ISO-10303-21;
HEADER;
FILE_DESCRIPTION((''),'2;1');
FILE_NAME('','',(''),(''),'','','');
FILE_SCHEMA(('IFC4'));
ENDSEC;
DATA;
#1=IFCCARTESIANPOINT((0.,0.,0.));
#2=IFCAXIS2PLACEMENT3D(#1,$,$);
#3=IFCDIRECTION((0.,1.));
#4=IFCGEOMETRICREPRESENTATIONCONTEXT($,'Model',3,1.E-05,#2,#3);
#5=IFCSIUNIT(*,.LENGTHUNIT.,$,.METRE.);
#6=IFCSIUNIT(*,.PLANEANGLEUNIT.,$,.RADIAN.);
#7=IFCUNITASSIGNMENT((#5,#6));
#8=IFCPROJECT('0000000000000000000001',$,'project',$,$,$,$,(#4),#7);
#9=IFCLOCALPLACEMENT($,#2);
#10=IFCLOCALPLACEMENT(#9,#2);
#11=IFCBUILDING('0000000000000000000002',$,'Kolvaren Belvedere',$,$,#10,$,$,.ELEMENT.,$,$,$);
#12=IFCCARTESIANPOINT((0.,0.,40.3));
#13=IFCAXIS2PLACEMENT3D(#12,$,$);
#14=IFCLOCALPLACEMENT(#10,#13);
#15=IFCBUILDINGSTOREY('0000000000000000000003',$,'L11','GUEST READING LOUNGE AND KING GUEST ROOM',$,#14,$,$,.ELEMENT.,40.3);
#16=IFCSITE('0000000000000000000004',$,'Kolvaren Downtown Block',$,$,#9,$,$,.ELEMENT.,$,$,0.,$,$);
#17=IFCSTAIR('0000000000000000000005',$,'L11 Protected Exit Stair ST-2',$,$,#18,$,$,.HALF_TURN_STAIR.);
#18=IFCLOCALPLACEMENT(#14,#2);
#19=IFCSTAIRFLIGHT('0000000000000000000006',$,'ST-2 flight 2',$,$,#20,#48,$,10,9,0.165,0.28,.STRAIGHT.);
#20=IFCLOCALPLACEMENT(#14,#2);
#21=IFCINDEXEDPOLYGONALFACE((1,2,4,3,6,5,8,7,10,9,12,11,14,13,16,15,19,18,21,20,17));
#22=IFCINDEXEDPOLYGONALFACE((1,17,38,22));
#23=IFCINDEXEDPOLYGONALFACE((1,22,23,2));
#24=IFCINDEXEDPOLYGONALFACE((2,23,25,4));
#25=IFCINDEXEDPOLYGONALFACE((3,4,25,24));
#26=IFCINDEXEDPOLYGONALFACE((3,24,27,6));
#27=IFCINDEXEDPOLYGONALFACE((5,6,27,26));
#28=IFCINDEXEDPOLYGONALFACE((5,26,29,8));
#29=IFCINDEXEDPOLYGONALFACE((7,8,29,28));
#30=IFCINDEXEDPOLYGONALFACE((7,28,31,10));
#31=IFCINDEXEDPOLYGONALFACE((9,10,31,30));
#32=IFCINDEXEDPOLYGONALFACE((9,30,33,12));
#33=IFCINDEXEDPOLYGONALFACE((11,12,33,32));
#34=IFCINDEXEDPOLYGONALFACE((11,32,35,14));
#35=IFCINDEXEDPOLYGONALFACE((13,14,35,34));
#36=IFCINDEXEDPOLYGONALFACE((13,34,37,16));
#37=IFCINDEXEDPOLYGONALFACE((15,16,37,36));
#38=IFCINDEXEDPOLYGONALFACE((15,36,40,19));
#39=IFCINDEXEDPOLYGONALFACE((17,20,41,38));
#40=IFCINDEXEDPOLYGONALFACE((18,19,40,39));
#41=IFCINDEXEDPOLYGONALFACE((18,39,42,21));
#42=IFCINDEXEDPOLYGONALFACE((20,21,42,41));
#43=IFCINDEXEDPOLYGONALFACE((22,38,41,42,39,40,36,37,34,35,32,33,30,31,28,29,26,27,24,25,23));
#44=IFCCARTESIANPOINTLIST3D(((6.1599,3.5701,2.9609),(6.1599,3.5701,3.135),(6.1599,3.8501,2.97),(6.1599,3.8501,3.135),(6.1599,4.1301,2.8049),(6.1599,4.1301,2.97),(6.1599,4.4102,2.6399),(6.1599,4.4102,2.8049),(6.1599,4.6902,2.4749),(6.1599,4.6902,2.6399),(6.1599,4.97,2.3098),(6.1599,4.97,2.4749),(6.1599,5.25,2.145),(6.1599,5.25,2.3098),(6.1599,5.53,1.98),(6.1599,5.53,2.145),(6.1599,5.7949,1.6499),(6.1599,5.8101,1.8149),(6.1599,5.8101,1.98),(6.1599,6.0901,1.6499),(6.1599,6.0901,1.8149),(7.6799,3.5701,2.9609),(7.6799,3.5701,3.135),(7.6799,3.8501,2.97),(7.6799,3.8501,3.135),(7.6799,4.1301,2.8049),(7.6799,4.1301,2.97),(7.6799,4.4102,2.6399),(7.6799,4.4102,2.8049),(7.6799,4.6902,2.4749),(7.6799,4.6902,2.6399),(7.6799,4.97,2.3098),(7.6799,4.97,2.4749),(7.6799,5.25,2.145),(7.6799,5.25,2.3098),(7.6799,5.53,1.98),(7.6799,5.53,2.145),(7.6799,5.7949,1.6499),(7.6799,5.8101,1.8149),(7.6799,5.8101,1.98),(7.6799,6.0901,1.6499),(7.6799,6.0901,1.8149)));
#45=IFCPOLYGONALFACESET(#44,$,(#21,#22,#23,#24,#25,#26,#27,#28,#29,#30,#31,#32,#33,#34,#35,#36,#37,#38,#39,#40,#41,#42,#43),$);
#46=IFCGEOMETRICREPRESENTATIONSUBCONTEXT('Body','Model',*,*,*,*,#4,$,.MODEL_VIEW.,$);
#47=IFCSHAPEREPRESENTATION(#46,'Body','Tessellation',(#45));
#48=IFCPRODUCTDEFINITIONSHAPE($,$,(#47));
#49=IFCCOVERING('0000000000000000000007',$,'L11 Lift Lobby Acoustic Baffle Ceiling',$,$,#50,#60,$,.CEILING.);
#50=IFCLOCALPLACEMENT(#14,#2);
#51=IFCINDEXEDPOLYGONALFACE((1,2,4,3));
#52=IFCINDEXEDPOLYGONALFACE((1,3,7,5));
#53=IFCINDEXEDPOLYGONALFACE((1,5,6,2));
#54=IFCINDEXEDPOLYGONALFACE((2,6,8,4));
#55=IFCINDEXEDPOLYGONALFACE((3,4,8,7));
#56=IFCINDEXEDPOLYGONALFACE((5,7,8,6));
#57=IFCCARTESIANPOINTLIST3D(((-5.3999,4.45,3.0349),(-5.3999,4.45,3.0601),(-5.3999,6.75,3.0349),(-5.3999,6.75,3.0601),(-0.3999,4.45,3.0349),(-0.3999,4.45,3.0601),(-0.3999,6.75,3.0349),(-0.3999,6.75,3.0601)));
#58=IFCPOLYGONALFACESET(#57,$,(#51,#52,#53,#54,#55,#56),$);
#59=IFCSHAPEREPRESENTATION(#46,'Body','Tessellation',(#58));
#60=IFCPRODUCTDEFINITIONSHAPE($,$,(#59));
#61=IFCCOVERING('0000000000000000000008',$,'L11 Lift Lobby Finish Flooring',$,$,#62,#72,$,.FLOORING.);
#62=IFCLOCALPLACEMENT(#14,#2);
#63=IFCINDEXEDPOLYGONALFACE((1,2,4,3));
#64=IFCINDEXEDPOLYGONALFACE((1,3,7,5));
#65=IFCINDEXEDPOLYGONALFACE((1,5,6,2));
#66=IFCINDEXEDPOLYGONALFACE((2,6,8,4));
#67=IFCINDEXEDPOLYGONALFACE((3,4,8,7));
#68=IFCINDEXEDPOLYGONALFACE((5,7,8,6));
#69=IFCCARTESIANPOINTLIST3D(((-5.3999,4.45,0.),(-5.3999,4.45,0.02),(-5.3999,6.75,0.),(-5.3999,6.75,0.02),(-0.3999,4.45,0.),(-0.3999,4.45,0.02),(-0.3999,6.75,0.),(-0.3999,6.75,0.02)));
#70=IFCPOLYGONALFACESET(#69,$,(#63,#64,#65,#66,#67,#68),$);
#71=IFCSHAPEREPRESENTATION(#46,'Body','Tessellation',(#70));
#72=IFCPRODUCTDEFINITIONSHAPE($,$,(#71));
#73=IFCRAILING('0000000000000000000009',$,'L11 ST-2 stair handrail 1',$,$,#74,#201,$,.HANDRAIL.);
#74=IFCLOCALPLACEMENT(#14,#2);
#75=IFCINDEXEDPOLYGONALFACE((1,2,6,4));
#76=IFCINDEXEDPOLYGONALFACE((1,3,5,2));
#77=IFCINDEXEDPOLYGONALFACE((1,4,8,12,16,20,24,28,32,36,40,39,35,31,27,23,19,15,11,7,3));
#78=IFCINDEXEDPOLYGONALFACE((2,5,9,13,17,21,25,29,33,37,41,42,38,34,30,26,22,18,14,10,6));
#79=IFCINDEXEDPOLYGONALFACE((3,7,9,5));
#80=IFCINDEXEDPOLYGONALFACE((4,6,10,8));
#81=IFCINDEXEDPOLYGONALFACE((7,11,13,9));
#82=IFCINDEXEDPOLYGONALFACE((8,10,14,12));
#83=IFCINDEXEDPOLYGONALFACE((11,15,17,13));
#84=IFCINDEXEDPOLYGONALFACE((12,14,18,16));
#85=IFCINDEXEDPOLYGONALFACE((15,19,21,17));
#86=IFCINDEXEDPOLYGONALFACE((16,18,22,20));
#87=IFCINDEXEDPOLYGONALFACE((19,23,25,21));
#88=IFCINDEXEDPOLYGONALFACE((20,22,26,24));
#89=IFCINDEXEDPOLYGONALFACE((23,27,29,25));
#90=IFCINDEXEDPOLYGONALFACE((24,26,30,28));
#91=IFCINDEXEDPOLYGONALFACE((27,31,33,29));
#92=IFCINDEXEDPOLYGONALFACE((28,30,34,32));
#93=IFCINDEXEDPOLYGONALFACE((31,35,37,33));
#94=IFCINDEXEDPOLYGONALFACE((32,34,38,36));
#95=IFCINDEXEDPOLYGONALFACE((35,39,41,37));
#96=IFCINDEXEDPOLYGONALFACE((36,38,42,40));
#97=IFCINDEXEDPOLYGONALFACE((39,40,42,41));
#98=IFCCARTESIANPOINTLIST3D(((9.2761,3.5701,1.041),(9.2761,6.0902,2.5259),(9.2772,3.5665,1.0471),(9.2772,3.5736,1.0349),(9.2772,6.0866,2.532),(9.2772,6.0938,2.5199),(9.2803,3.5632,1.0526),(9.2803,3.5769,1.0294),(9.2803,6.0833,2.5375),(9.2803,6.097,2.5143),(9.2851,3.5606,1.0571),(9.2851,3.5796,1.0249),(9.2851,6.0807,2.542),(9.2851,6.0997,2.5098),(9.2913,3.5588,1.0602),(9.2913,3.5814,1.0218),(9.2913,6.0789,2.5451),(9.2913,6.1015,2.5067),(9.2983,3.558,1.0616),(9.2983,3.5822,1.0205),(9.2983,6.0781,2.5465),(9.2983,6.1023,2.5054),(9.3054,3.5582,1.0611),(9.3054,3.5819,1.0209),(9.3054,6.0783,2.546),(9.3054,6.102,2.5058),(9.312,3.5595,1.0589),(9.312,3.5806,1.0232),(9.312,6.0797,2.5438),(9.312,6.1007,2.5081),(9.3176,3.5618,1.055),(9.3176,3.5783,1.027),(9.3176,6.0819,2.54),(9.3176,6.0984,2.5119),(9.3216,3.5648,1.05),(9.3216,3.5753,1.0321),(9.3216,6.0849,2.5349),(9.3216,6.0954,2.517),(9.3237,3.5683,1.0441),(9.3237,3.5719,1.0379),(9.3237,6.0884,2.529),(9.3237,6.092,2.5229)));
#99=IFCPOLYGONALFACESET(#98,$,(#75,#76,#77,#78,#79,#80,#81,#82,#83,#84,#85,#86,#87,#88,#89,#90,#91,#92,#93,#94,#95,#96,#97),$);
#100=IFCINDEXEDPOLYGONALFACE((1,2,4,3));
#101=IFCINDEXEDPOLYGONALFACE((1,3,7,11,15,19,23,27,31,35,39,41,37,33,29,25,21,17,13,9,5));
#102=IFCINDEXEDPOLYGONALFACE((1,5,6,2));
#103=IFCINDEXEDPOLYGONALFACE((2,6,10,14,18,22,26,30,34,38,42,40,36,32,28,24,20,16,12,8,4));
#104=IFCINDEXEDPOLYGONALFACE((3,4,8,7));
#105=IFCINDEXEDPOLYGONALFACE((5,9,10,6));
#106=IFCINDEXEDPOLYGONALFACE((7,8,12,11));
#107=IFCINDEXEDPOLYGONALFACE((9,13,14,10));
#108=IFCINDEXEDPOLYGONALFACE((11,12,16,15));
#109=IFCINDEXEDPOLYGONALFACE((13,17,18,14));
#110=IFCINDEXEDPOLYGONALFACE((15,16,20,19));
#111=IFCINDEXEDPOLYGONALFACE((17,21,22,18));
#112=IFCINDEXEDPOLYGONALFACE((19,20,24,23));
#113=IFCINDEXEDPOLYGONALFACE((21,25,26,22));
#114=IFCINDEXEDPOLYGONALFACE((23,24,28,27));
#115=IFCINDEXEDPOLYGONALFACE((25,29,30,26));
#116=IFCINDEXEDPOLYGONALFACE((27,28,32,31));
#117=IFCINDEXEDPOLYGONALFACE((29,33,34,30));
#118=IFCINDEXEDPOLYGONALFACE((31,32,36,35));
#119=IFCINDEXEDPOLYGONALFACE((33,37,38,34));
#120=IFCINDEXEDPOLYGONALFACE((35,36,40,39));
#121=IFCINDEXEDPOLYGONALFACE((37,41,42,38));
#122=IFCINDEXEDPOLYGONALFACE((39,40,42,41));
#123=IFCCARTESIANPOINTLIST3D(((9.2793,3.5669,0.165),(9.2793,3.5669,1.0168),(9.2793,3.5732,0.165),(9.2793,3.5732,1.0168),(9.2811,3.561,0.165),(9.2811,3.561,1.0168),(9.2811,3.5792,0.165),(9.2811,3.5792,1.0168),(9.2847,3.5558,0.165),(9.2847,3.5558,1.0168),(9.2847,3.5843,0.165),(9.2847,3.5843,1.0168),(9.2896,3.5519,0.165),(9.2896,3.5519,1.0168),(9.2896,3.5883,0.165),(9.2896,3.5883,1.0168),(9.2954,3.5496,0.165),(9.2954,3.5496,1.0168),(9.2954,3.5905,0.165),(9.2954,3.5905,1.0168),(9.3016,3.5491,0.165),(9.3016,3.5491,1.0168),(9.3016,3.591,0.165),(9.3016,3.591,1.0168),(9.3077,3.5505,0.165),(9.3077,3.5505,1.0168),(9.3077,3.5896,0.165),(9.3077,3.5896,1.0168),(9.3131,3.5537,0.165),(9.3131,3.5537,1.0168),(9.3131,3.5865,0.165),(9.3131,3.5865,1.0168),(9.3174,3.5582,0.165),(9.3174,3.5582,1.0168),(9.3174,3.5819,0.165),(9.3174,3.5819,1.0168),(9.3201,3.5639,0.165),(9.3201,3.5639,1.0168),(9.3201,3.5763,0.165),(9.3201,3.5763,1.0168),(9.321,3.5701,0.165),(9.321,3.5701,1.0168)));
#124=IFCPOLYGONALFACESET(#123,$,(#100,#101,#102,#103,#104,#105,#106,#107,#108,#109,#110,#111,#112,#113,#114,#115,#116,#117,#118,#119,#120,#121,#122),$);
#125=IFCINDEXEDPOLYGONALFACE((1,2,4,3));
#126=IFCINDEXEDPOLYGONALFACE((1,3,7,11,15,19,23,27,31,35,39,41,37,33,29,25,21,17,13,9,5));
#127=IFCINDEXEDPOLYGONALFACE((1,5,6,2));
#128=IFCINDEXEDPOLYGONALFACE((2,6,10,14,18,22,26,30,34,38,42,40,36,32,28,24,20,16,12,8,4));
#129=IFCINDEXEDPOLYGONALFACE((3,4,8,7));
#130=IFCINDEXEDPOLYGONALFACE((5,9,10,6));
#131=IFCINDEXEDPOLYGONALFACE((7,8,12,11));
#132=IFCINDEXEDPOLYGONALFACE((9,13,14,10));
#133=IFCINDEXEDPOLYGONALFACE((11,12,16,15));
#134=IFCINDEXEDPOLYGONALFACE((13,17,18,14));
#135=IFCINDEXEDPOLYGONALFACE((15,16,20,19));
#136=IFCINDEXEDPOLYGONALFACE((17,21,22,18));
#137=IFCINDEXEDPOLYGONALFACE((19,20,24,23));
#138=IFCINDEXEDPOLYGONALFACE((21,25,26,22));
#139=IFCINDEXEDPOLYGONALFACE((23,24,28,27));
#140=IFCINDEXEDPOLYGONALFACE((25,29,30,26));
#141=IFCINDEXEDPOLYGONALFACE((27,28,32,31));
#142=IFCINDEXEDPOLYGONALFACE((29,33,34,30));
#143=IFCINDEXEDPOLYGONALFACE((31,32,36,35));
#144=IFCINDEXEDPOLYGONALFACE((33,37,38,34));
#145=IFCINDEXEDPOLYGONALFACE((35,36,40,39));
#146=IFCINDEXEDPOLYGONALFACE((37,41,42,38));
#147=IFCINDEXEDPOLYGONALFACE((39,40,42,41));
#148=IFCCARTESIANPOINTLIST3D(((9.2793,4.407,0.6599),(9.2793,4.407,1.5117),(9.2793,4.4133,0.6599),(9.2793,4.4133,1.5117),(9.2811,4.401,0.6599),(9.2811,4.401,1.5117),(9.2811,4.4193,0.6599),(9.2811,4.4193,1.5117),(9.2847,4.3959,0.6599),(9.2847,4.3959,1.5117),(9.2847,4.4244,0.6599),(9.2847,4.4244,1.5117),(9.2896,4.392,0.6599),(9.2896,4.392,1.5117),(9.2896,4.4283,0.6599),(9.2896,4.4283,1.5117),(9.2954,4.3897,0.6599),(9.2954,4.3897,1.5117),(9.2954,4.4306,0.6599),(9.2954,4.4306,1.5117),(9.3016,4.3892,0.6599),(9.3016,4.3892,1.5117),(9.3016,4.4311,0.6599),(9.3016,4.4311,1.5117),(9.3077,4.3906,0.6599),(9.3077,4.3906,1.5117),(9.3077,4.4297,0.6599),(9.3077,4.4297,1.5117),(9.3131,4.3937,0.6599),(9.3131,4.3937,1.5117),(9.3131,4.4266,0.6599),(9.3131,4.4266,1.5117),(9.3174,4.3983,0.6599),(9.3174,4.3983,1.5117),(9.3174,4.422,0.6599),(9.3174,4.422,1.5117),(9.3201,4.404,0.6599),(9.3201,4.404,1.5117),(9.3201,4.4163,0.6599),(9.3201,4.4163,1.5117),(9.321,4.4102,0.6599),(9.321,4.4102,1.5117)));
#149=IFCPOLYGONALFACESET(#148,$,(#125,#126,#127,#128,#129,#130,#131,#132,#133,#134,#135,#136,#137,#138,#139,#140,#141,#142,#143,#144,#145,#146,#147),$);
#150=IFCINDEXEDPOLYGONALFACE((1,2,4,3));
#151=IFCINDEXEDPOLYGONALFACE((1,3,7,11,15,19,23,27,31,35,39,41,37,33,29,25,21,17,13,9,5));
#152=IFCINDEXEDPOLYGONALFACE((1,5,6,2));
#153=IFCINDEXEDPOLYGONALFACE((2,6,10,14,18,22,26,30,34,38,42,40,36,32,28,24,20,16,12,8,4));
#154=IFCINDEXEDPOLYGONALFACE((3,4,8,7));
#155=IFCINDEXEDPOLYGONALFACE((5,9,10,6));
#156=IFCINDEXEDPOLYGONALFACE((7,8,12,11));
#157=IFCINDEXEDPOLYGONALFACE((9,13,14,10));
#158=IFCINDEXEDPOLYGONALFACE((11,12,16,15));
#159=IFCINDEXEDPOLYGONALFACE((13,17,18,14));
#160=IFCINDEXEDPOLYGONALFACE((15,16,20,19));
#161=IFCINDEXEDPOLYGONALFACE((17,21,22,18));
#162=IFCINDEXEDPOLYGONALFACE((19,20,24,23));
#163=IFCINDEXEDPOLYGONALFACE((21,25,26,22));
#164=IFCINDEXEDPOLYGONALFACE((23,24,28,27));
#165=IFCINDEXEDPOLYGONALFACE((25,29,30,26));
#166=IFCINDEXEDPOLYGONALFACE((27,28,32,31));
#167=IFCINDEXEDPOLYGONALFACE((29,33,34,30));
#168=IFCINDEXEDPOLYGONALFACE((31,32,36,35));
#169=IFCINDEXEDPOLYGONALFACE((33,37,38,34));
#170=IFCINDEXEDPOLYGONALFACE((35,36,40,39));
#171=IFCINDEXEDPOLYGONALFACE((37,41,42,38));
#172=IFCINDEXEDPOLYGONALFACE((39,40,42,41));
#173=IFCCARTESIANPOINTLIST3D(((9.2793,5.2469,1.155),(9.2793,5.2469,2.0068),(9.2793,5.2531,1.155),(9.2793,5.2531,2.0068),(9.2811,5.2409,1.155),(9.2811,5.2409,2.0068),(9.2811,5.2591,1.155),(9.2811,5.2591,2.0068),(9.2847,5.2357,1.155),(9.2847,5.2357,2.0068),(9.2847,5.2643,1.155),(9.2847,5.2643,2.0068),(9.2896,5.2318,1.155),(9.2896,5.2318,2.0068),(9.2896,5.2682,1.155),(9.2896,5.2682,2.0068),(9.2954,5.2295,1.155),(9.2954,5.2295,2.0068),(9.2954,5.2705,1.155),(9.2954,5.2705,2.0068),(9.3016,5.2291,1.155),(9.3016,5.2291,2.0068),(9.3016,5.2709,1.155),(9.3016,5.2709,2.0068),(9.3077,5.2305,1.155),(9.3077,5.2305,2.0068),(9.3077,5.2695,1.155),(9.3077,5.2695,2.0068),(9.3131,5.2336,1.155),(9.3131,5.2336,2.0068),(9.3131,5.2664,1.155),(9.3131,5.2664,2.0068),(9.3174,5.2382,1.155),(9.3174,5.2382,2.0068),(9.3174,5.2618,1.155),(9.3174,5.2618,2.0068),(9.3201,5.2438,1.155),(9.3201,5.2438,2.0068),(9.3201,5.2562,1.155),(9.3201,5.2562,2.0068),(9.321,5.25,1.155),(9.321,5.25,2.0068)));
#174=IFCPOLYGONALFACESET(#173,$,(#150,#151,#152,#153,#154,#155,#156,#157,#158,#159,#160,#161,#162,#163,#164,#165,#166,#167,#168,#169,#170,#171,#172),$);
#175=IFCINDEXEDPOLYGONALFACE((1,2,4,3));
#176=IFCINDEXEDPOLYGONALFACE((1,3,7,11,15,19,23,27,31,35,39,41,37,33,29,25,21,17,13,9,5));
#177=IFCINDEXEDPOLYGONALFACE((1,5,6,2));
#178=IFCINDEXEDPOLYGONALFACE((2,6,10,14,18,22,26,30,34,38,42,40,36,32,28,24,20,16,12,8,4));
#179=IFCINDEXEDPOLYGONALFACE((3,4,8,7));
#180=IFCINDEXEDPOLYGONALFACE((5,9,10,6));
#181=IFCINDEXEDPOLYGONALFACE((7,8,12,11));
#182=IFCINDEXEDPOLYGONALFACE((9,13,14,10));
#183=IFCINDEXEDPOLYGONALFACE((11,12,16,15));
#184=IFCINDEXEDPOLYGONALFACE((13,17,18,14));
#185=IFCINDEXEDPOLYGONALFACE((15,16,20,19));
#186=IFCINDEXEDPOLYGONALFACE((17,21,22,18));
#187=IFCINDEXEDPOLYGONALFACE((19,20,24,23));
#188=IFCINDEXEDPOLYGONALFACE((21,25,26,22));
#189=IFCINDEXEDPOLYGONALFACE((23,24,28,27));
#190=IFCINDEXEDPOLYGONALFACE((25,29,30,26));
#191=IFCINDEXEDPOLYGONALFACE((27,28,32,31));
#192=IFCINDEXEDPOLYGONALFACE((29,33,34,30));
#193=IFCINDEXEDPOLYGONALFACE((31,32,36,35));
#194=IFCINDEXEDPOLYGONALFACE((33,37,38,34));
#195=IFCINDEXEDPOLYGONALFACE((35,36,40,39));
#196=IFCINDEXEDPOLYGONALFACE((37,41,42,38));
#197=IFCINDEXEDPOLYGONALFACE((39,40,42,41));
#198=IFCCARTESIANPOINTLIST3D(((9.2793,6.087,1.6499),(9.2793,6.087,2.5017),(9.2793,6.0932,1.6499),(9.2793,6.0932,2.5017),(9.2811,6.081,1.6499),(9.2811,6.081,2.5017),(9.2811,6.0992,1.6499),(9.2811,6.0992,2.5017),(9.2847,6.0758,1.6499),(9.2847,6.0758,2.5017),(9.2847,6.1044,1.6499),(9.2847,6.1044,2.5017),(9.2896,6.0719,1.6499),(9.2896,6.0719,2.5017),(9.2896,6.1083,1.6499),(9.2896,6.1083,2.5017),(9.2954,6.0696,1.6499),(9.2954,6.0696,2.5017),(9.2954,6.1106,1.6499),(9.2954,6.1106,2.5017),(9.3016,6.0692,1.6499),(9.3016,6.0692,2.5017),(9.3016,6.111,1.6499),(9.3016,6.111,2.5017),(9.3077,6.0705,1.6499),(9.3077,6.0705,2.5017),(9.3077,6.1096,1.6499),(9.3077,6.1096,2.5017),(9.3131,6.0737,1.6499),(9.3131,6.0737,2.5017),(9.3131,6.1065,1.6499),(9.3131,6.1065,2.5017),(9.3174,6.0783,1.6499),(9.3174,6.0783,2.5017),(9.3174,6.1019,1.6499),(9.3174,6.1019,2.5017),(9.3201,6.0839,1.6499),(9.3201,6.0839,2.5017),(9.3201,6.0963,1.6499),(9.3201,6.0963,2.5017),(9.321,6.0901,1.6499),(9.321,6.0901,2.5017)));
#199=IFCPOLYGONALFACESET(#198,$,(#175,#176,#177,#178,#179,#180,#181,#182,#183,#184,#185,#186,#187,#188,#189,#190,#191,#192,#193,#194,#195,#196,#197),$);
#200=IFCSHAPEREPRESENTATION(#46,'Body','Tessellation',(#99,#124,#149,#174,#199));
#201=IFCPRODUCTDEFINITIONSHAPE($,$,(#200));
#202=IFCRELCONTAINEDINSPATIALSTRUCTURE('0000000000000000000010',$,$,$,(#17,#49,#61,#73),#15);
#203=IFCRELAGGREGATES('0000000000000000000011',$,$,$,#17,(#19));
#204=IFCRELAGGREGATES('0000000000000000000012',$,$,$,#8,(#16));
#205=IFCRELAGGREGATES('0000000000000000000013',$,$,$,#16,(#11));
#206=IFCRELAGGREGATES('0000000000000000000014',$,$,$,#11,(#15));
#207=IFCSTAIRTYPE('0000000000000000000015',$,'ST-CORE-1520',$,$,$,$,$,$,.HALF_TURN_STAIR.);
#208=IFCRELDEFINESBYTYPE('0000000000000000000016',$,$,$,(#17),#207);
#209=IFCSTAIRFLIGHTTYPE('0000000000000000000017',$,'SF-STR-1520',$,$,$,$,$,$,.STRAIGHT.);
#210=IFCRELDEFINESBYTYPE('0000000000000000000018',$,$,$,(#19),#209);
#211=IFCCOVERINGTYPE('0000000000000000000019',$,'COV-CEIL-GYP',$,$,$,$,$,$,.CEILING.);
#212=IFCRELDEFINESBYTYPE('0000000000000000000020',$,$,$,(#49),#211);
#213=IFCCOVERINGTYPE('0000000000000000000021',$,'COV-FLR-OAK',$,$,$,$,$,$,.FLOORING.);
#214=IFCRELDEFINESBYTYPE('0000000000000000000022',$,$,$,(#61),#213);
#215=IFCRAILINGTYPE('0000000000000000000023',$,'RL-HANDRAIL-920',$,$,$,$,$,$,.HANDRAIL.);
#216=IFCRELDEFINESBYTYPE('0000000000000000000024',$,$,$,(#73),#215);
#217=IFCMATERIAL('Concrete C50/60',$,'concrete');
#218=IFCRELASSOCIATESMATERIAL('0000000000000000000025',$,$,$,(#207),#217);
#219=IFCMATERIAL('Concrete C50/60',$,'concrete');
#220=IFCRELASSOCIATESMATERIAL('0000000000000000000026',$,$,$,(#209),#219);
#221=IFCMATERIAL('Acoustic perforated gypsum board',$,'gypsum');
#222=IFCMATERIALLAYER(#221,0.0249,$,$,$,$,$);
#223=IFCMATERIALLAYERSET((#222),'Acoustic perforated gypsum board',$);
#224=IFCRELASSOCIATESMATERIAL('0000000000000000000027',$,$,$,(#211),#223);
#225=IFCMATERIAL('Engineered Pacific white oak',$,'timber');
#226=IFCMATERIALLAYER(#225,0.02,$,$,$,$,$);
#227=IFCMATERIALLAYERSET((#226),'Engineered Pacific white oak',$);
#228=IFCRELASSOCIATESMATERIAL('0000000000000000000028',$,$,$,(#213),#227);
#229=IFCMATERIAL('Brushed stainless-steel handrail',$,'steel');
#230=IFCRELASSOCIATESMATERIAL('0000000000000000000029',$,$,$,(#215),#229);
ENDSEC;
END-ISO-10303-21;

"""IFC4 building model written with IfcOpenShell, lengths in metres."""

from ifc_helpers import new_model, si_unit, direction, frame, origin, origin_2d, place, context, subcontext, project, spatial, polyline, circle, outline, extrude, material, layer, layer_set, type_object, element, aggregate, save


model = new_model("IFC4")

# Units and contexts
model_context = context("Model", 3, precision=1e-05, world=origin(), true_north=direction((0.0, 1.0)))
body_context = subcontext(model_context, "Body", "Model", "MODEL_VIEW")
ifc_project = project(units=[si_unit("LENGTHUNIT", "METRE"), si_unit("PLANEANGLEUNIT", "RADIAN")], contexts=[model_context])

# Site, building, storey
site_placement = place(None, origin())
site = spatial("IfcSite", under=ifc_project, at=site_placement, Name="Kolvaren Downtown Block", CompositionType="ELEMENT", RefElevation=0.0)
building_placement = place(site_placement, origin())
building = spatial("IfcBuilding", under=site, at=building_placement, Name="Kolvaren Belvedere", CompositionType="ELEMENT")
storey_placement = place(building_placement, frame((0.0, 0.0, 40.3)))
storey = spatial("IfcBuildingStorey", under=building, at=storey_placement, Name="L11", Description="GUEST READING LOUNGE AND KING GUEST ROOM", CompositionType="ELEMENT", Elevation=40.3)

# Shared definitions
ifc_material_1 = material(Name="Concrete C50/60", Category="concrete")
stair_type = type_object("IfcStairType", Name="ST-CORE-1520", PredefinedType="HALF_TURN_STAIR", material=ifc_material_1)

# Stair, stair flight
stair_1_placement = place(storey_placement, origin())
stair_1 = element("IfcStair", 1, at=stair_1_placement, inside=storey, type_object=stair_type, Name="L11 Protected Exit Stair ST-2", PredefinedType="HALF_TURN_STAIR")
ifc_material_2 = material(Name="Concrete C50/60", Category="concrete")
stair_flight_type = type_object("IfcStairFlightType", Name="SF-STR-1520", PredefinedType="STRAIGHT", material=ifc_material_2)
stair_flight_1_placement = place(storey_placement, frame((6.9199, 6.0901, 1.6499), z_axis=(0.0, 0.0, 1.0), x_axis=(0.0, -1.0, 0.0)))
stair_flight_1 = element("IfcStairFlight", 2, at=stair_flight_1_placement, type_object=stair_flight_type, Name="ST-2 flight 2", NumberOfRisers=10, NumberOfTreads=9, PredefinedType="STRAIGHT", RiserHeight=0.165, TreadLength=0.28, context=body_context, shape_type="SweptSolid", body=[
    extrude(outline(polyline([(0.0, 0.0), (0.0, 0.165), (0.28, 0.165), (0.28, 0.3301), (0.5601, 0.3301), (0.5601, 0.4951), (0.8401, 0.4951), (0.8401, 0.6599), (1.1201, 0.6599), (1.1201, 0.825), (1.3999, 0.825), (1.3999, 0.99), (1.6799, 0.99), (1.6799, 1.155), (1.96, 1.155), (1.96, 1.3201), (2.24, 1.3201), (2.24, 1.4851), (2.52, 1.4851), (2.52, 1.6499), (2.52, 1.311), (0.2952, 0.0), (0.0, 0.0)])), frame((0.0, 0.76, 0.0), z_axis=(0.0, -1.0, 0.0), x_axis=(1.0, 0.0, 0.0)), (0.0, 0.0, 1.0), 1.52),
])
aggregate(stair_1, [stair_flight_1])

# Coverings
ifc_material_3 = material(Name="Acoustic perforated gypsum board", Category="gypsum")
ifc_layer_1 = layer(ifc_material_3, 0.0249)
ifc_layer_set_1 = layer_set([ifc_layer_1], Name="Acoustic perforated gypsum board")
covering_type_1 = type_object("IfcCoveringType", Name="COV-CEIL-GYP", PredefinedType="CEILING", material=ifc_layer_set_1)
covering_1_placement = place(storey_placement, frame((0.0, 0.0, 3.0349)))
element("IfcCovering", 3, at=covering_1_placement, inside=storey, type_object=covering_type_1, Name="L11 Lift Lobby Acoustic Baffle Ceiling", PredefinedType="CEILING", context=body_context, shape_type="SweptSolid", body=[
    extrude(outline(polyline([(-5.3999, 4.45), (-0.3999, 4.45), (-0.3999, 6.75), (-5.3999, 6.75), (-5.3999, 4.45)])), origin(), (0.0, 0.0, 1.0), 0.0251),
])
ifc_material_4 = material(Name="Engineered Pacific white oak", Category="timber")
ifc_layer_2 = layer(ifc_material_4, 0.02)
ifc_layer_set_2 = layer_set([ifc_layer_2], Name="Engineered Pacific white oak")
covering_type_2 = type_object("IfcCoveringType", Name="COV-FLR-OAK", PredefinedType="FLOORING", material=ifc_layer_set_2)
covering_2_placement = place(storey_placement, origin())
element("IfcCovering", 4, at=covering_2_placement, inside=storey, type_object=covering_type_2, Name="L11 Lift Lobby Finish Flooring", PredefinedType="FLOORING", context=body_context, shape_type="SweptSolid", body=[
    extrude(outline(polyline([(-5.3999, 4.45), (-0.3999, 4.45), (-0.3999, 6.75), (-5.3999, 6.75), (-5.3999, 4.45)])), origin(), (0.0, 0.0, 1.0), 0.02),
])

# Railing
ifc_material_5 = material(Name="Brushed stainless-steel handrail", Category="steel")
railing_type_1 = type_object("IfcRailingType", Name="RL-HANDRAIL-920", PredefinedType="HANDRAIL", material=ifc_material_5)
railing_1_placement = place(storey_placement, frame((9.3, 3.5701, 0.165)))
element("IfcRailing", 5, at=railing_1_placement, inside=storey, type_object=railing_type_1, Name="L11 ST-2 stair handrail 1", PredefinedType="HANDRAIL", context=body_context, shape_type="SweptSolid", body=[
    extrude(circle(Radius=0.0239, at=origin_2d()), frame((0.0, 0.0, 0.876), z_axis=(0.0, 0.861561, 0.507655), x_axis=(-1.0, 0.0, 0.0)), (0.0, 0.0, 1.0), 2.925),
    extrude(circle(Radius=0.021, at=origin_2d()), origin(), (0.0, 0.0, 1.0), 0.8518),
    extrude(circle(Radius=0.021, at=origin_2d()), frame((0.0, 0.8401, 0.4949)), (0.0, 0.0, 1.0), 0.8518),
    extrude(circle(Radius=0.021, at=origin_2d()), frame((0.0, 1.6799, 0.99)), (0.0, 0.0, 1.0), 0.8518),
    extrude(circle(Radius=0.021, at=origin_2d()), frame((0.0, 2.52, 1.4849)), (0.0, 0.0, 1.0), 0.8518),
])

save(model, "model.ifc")
